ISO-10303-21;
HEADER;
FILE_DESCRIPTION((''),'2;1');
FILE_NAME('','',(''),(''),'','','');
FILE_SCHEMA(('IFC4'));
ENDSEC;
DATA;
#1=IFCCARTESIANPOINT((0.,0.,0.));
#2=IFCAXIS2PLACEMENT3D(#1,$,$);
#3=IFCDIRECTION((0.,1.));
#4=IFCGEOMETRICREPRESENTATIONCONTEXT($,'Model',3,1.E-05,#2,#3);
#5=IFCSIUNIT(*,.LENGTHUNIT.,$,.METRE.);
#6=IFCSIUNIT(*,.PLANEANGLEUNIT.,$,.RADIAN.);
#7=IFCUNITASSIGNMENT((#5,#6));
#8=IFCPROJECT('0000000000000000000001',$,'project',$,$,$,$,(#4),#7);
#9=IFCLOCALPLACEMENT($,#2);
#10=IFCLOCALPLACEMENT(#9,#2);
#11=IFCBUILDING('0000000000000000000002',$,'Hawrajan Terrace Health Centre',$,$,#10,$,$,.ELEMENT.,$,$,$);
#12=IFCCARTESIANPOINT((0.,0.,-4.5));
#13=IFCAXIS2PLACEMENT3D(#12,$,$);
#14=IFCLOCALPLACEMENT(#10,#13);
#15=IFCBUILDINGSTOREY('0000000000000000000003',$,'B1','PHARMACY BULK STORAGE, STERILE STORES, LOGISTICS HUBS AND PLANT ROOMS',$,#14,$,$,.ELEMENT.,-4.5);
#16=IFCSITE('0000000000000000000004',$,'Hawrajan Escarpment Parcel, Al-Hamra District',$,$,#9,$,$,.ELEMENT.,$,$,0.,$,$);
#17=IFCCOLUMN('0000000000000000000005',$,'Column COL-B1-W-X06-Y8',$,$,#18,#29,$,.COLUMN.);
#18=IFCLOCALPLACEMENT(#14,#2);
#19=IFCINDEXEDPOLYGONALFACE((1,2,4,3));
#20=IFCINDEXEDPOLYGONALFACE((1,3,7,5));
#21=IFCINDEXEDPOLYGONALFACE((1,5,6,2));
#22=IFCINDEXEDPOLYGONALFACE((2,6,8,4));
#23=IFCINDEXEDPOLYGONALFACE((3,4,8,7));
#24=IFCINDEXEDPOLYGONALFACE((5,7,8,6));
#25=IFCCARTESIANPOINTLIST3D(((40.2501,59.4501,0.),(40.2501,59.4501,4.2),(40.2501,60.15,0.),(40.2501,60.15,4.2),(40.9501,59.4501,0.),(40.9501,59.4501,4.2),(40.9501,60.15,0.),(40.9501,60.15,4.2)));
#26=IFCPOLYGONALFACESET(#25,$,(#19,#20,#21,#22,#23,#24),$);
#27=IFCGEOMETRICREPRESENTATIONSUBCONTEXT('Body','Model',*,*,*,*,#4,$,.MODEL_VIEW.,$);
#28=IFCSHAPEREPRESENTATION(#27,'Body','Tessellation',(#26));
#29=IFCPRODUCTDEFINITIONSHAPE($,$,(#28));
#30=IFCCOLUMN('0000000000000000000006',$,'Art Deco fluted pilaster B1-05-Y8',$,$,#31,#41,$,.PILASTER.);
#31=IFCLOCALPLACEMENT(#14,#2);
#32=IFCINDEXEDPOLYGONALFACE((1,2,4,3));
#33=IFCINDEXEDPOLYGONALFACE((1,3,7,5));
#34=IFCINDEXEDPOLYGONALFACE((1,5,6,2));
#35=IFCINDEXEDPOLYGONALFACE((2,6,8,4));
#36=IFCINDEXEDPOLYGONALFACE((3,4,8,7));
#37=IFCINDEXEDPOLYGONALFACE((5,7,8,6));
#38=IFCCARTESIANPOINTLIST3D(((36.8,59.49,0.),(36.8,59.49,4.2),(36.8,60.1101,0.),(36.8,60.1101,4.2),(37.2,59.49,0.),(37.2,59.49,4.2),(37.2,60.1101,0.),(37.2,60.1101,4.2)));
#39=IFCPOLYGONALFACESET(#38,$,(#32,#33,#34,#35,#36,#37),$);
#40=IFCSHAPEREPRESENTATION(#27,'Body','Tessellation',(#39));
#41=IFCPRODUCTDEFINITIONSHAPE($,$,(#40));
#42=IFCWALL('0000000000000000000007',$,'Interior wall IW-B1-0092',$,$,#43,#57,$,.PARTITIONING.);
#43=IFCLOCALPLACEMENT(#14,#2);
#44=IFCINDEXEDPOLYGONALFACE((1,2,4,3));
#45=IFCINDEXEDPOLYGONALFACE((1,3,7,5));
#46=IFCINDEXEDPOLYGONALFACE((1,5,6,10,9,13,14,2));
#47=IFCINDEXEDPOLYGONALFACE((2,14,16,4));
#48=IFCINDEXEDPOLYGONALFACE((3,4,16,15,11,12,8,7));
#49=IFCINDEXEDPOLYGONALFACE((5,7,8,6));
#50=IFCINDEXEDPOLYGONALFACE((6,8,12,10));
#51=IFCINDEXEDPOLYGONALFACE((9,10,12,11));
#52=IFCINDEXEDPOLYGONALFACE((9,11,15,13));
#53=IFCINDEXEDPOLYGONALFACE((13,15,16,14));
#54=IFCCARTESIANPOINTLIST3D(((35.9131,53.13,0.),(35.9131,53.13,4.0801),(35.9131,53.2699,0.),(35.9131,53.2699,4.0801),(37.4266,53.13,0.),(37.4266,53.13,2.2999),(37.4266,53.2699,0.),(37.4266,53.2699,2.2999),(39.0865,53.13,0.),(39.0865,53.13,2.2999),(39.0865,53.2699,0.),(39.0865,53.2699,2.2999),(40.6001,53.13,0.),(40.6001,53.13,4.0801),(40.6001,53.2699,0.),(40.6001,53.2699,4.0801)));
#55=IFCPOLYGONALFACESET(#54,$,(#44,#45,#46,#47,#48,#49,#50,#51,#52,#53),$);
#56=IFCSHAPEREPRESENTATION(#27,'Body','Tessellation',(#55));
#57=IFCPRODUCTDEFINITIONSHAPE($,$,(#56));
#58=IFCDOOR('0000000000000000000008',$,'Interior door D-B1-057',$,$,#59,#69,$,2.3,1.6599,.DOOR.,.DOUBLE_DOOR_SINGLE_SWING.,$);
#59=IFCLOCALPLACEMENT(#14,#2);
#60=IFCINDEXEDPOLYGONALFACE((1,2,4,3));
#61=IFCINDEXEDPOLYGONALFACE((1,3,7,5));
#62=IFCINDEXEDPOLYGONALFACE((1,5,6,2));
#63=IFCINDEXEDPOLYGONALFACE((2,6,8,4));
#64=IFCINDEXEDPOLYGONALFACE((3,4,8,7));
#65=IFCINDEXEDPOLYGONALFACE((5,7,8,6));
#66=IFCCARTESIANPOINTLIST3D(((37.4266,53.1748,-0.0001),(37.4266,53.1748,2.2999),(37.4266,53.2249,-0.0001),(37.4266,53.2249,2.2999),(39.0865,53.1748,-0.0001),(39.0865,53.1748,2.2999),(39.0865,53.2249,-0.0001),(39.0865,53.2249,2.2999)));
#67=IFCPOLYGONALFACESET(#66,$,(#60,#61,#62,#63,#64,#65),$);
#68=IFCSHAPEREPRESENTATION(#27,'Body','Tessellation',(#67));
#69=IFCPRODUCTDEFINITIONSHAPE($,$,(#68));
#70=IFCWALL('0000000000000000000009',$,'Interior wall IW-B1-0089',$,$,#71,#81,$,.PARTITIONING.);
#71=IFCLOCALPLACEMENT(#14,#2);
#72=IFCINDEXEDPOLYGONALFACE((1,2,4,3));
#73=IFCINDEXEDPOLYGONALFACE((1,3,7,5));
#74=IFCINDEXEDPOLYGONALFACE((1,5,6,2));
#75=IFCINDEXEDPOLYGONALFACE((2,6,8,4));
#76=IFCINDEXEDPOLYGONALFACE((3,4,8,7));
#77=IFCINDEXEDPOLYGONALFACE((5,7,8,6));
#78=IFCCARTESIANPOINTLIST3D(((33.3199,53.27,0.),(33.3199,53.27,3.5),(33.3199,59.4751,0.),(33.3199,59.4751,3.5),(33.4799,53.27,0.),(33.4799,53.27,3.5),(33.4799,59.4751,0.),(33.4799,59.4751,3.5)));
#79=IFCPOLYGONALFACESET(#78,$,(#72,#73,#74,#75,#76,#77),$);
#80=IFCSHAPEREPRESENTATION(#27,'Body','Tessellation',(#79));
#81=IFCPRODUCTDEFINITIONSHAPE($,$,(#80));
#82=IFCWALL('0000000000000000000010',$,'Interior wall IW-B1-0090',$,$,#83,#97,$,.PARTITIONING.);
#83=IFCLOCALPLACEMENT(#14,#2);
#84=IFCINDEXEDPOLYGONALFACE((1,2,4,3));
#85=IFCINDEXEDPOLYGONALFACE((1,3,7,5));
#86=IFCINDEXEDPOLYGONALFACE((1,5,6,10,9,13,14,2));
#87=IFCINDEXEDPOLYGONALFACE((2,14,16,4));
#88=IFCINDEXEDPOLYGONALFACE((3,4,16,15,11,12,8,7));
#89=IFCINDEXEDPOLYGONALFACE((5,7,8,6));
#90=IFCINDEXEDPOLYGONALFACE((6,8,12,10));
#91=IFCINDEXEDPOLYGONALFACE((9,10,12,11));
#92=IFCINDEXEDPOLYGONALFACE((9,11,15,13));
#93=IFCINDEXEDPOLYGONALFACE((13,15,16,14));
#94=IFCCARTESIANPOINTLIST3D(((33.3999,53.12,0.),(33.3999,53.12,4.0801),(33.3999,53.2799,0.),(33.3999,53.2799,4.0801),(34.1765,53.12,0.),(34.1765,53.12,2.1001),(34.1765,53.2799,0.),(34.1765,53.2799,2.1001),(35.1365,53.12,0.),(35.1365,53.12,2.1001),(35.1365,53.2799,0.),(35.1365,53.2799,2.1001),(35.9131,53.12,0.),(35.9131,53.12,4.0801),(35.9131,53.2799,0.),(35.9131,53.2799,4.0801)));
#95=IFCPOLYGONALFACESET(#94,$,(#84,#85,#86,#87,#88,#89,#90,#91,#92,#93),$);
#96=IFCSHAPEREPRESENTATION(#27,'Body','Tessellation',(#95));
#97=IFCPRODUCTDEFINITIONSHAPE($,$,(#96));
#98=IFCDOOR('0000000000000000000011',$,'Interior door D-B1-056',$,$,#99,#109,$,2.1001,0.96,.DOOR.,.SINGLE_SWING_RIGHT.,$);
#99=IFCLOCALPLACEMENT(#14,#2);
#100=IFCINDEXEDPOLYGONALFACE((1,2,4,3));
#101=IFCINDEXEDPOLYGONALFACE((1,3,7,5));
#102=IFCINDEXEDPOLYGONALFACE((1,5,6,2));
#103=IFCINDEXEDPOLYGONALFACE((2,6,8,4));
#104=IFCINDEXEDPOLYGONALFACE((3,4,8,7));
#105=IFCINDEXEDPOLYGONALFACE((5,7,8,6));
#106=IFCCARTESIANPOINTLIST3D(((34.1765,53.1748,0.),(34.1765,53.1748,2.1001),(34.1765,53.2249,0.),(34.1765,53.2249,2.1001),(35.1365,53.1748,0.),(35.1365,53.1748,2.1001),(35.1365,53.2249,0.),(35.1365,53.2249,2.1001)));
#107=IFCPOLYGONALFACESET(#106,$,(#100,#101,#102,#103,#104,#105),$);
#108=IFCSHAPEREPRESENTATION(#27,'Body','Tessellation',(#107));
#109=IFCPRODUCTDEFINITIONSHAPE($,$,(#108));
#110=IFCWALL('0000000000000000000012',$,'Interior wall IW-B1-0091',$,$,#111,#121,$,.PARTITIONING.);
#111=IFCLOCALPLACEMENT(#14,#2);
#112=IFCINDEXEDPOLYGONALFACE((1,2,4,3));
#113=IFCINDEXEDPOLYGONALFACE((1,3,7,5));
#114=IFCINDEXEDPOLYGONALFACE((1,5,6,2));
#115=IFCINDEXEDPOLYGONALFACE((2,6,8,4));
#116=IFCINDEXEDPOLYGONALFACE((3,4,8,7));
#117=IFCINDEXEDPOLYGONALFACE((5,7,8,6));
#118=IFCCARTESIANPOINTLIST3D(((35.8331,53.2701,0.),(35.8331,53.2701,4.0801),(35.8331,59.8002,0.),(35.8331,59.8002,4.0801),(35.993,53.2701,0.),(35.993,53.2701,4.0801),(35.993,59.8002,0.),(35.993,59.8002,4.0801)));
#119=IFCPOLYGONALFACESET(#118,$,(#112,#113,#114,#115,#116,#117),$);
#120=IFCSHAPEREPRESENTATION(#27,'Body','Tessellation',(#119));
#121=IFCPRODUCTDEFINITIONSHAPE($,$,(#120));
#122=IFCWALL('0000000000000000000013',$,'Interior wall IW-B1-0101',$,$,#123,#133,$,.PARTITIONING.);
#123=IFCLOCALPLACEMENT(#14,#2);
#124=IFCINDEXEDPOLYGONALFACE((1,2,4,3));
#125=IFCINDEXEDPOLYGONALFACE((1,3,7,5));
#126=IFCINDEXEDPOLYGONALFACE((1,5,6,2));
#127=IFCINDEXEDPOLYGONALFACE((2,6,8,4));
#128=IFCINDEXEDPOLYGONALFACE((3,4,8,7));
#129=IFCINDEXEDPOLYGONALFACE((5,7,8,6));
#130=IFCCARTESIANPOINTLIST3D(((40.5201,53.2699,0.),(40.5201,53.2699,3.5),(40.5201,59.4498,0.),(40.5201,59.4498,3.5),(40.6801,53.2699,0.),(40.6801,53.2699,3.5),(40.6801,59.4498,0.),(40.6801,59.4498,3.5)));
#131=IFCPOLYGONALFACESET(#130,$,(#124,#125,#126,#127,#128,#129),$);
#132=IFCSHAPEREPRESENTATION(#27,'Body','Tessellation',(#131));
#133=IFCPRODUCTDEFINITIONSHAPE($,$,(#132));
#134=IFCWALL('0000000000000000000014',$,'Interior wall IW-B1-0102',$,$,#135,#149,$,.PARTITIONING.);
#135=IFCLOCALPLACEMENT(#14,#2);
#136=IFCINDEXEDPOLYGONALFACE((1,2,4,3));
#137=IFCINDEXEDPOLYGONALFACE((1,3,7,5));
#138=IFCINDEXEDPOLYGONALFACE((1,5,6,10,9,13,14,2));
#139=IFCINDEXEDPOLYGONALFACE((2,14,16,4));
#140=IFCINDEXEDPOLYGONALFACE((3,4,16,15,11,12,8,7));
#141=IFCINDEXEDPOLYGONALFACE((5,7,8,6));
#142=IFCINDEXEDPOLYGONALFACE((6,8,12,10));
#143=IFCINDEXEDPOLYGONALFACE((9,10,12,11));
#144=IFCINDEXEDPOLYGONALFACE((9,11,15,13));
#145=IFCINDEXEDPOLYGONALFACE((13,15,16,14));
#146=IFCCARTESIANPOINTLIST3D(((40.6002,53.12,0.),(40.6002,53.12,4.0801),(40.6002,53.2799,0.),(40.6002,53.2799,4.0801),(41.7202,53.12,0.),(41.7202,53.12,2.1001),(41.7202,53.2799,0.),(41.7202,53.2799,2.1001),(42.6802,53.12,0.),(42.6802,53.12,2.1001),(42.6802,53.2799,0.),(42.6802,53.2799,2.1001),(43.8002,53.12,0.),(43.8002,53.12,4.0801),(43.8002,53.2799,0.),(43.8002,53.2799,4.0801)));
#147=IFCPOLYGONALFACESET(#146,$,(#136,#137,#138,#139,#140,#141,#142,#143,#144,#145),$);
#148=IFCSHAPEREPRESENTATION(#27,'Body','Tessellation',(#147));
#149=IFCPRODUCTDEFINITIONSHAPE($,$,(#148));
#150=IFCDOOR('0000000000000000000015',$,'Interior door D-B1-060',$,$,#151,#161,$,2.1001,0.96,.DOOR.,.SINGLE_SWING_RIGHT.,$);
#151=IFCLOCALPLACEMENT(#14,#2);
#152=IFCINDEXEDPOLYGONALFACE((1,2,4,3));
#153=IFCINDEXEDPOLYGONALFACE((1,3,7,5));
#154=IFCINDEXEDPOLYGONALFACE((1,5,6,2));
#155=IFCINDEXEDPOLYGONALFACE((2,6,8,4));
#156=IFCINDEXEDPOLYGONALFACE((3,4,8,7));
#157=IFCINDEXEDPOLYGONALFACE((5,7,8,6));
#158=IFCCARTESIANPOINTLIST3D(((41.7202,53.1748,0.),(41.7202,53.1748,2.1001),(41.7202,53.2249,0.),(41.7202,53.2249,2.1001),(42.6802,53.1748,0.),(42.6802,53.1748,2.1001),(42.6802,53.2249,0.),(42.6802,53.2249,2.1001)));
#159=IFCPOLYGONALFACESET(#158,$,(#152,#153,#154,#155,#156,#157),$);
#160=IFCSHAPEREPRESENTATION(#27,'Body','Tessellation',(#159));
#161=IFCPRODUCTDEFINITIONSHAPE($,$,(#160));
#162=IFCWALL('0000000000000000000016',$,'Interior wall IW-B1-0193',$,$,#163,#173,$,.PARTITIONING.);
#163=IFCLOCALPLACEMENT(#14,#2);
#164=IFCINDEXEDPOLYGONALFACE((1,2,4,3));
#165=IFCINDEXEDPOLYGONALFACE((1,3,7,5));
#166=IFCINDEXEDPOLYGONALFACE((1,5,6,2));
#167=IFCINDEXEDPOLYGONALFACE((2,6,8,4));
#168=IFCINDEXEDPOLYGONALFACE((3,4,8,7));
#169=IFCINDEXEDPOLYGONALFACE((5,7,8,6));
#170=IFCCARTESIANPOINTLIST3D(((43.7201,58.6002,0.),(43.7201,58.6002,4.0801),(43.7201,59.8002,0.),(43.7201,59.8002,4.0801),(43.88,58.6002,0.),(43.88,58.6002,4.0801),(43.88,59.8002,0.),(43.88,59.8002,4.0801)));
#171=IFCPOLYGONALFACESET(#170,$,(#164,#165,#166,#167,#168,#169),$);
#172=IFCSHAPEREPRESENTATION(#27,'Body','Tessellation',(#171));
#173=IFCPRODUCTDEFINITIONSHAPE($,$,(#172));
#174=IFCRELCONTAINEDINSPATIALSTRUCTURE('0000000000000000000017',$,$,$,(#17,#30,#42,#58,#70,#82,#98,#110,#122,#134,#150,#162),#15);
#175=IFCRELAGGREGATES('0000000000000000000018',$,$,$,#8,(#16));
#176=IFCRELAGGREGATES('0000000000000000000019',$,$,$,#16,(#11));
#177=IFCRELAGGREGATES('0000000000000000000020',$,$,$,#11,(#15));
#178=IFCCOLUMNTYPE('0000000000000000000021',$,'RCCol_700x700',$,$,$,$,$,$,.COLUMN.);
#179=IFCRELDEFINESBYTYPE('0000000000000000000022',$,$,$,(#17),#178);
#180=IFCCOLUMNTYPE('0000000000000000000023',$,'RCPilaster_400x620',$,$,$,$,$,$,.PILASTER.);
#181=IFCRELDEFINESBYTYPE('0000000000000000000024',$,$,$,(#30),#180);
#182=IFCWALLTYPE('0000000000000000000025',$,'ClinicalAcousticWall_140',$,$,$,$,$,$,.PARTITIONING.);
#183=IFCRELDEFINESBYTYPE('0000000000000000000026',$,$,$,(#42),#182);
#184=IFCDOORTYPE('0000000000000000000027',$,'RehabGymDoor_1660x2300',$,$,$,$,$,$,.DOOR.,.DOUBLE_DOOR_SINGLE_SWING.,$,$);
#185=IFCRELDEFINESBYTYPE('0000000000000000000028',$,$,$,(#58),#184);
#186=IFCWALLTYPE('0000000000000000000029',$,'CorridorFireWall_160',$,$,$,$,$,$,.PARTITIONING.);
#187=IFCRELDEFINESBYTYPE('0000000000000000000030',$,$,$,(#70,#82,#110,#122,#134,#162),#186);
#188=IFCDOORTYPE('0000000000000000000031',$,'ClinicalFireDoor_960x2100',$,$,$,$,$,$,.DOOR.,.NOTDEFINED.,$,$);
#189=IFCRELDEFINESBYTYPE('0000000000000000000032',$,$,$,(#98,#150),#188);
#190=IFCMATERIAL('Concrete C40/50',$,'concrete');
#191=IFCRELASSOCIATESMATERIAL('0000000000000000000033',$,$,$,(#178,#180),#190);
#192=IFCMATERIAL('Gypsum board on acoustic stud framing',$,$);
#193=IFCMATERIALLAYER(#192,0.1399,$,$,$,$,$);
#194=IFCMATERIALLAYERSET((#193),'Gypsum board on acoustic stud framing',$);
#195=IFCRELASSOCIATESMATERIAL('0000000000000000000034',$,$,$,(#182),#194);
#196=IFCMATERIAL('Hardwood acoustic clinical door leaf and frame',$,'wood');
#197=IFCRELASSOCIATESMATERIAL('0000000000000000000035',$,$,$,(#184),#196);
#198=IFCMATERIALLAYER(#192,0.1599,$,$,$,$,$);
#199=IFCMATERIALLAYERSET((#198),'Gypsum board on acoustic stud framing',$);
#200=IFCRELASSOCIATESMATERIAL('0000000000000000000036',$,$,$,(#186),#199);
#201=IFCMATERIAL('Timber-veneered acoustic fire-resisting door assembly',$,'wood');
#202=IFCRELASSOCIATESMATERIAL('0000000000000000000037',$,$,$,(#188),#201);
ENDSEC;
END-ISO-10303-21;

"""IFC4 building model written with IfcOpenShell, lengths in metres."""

from ifc_helpers import new_model, si_unit, direction, frame, frame_2d, origin, origin_2d, place, context, subcontext, project, spatial, rectangle, extrude, material, layer, layer_set, material_profile, profile_set, type_object, element, fill, save


model = new_model("IFC4")

# Units and contexts
model_context = context("Model", 3, precision=1e-05, world=origin(), true_north=direction((0.0, 1.0)))
body_context = subcontext(model_context, "Body", "Model", "MODEL_VIEW")
ifc_project = project(units=[si_unit("LENGTHUNIT", "METRE"), si_unit("PLANEANGLEUNIT", "RADIAN")], contexts=[model_context])

# Site, building, storey
site_placement = place(None, origin())
site = spatial("IfcSite", under=ifc_project, at=site_placement, Name="Hawrajan Escarpment Parcel, Al-Hamra District", CompositionType="ELEMENT", RefElevation=0.0)
building_placement = place(site_placement, origin())
building = spatial("IfcBuilding", under=site, at=building_placement, Name="Hawrajan Terrace Health Centre", CompositionType="ELEMENT")
storey_placement = place(building_placement, frame((0.0, 0.0, -4.5)))
storey = spatial("IfcBuildingStorey", under=building, at=storey_placement, Name="B1", Description="PHARMACY BULK STORAGE, STERILE STORES, LOGISTICS HUBS AND PLANT ROOMS", CompositionType="ELEMENT", Elevation=-4.5)

# Shared definitions
ifc_material_1 = material(Name="Concrete C40/50", Category="concrete")

# Columns
ifc_material_profile_1 = material_profile(ifc_material_1, rectangle(XDim=0.7, YDim=0.7, at=origin_2d()), Name="RC 700x700")
ifc_profile_set_1 = profile_set([ifc_material_profile_1], Name="Concrete C40/50")
column_type_1 = type_object("IfcColumnType", Name="RCCol_700x700", PredefinedType="COLUMN", material=ifc_profile_set_1)
column_1_placement = place(storey_placement, frame((40.6001, 59.8, 0.0), z_axis=(0.0, 0.0, 1.0), x_axis=(1.0, 0.0, 0.0)))
element("IfcColumn", 1, at=column_1_placement, inside=storey, type_object=column_type_1, Name="Column COL-B1-W-X06-Y8", PredefinedType="COLUMN", context=body_context, shape_type="SweptSolid", body=[
    extrude(rectangle(XDim=0.7, YDim=0.7, at=origin_2d()), origin(), (0.0, 0.0, 1.0), 4.2),
])
ifc_material_profile_2 = material_profile(ifc_material_1, rectangle(XDim=0.3999, YDim=0.6201, at=origin_2d()), Name="RC PIL 400x620")
ifc_profile_set_2 = profile_set([ifc_material_profile_2], Name="Concrete C40/50")
column_type_2 = type_object("IfcColumnType", Name="RCPilaster_400x620", PredefinedType="PILASTER", material=ifc_profile_set_2)
column_2_placement = place(storey_placement, frame((37.0, 59.8, 0.0), z_axis=(0.0, 0.0, 1.0), x_axis=(1.0, 0.0, 0.0)))
element("IfcColumn", 2, at=column_2_placement, inside=storey, type_object=column_type_2, Name="Art Deco fluted pilaster B1-05-Y8", PredefinedType="PILASTER", context=body_context, shape_type="SweptSolid", body=[
    extrude(rectangle(XDim=0.3999, YDim=0.6201, at=origin_2d()), origin(), (0.0, 0.0, 1.0), 4.2),
])

# Wall, opening, door
ifc_material_2 = material(Name="Gypsum board on acoustic stud framing")
ifc_layer_1 = layer(ifc_material_2, 0.1399)
ifc_layer_set_1 = layer_set([ifc_layer_1], Name="Gypsum board on acoustic stud framing")
wall_type_1 = type_object("IfcWallType", Name="ClinicalAcousticWall_140", PredefinedType="PARTITIONING", material=ifc_layer_set_1)
wall_1_placement = place(storey_placement, frame((35.9131, 53.2, 0.0), z_axis=(0.0, 0.0, 1.0), x_axis=(1.0, 0.0, 0.0)))
wall_1 = element("IfcWall", 3, at=wall_1_placement, inside=storey, type_object=wall_type_1, Name="Interior wall IW-B1-0092", PredefinedType="PARTITIONING", context=body_context, shape_type="SweptSolid", body=[
    extrude(rectangle(XDim=4.687, YDim=0.1399, at=frame_2d((2.3435, 0.0))), origin(), (0.0, 0.0, 1.0), 4.0801),
])
opening_1_placement = place(wall_1_placement, frame((1.5134, 0.0, 0.0)))
opening_1 = element("IfcOpeningElement", 4, at=opening_1_placement, cuts=wall_1, PredefinedType="OPENING", context=body_context, shape_type="SweptSolid", body=[
    extrude(rectangle(XDim=1.6599, YDim=2.3, at=frame_2d((0.8301, 1.1499))), frame((0.0, 0.0798, 0.0), z_axis=(0.0, -1.0, 0.0), x_axis=(1.0, 0.0, 0.0)), (0.0, 0.0, 1.0), 0.1599),
])
ifc_material_3 = material(Name="Hardwood acoustic clinical door leaf and frame", Category="wood")
door_type_1 = type_object("IfcDoorType", Name="RehabGymDoor_1660x2300", OperationType="DOUBLE_DOOR_SINGLE_SWING", PredefinedType="DOOR", material=ifc_material_3)
door_1_placement = place(opening_1_placement, origin())
door_1 = element("IfcDoor", 5, at=door_1_placement, inside=storey, type_object=door_type_1, Name="Interior door D-B1-057", OperationType="DOUBLE_DOOR_SINGLE_SWING", OverallHeight=2.3, OverallWidth=1.6599, PredefinedType="DOOR", context=body_context, shape_type="SweptSolid", body=[
    extrude(rectangle(XDim=1.6599, YDim=2.3, at=frame_2d((0.8301, 1.1499))), frame((0.0, 0.0249, 0.0), z_axis=(0.0, -1.0, 0.0), x_axis=(1.0, 0.0, 0.0)), (0.0, 0.0, 1.0), 0.05),
])
fill(opening_1, door_1)

# Wall
ifc_layer_2 = layer(ifc_material_2, 0.1599)
ifc_layer_set_2 = layer_set([ifc_layer_2], Name="Gypsum board on acoustic stud framing")
wall_type_2 = type_object("IfcWallType", Name="CorridorFireWall_160", PredefinedType="PARTITIONING", material=ifc_layer_set_2)
wall_2_placement = place(storey_placement, frame((33.3999, 53.27, 0.0), z_axis=(0.0, 0.0, 1.0), x_axis=(0.0, 1.0, 0.0)))
element("IfcWall", 6, at=wall_2_placement, inside=storey, type_object=wall_type_2, Name="Interior wall IW-B1-0089", PredefinedType="PARTITIONING", context=body_context, shape_type="SweptSolid", body=[
    extrude(rectangle(XDim=6.2051, YDim=0.1599, at=frame_2d((3.1025, 0.0))), origin(), (0.0, 0.0, 1.0), 3.5),
])

# Wall, opening, door
wall_3_placement = place(storey_placement, frame((33.3999, 53.2, 0.0), z_axis=(0.0, 0.0, 1.0), x_axis=(1.0, 0.0, 0.0)))
wall_3 = element("IfcWall", 7, at=wall_3_placement, inside=storey, type_object=wall_type_2, Name="Interior wall IW-B1-0090", PredefinedType="PARTITIONING", context=body_context, shape_type="SweptSolid", body=[
    extrude(rectangle(XDim=2.5132, YDim=0.1599, at=frame_2d((1.2566, 0.0))), origin(), (0.0, 0.0, 1.0), 4.0801),
])
opening_2_placement = place(wall_3_placement, frame((0.7766, 0.0, 0.0)))
opening_2 = element("IfcOpeningElement", 8, at=opening_2_placement, cuts=wall_3, PredefinedType="OPENING", context=body_context, shape_type="SweptSolid", body=[
    extrude(rectangle(XDim=0.96, YDim=2.1001, at=frame_2d((0.48, 1.05))), frame((0.0, 0.0898, 0.0), z_axis=(0.0, -1.0, 0.0), x_axis=(1.0, 0.0, 0.0)), (0.0, 0.0, 1.0), 0.1799),
])
ifc_material_4 = material(Name="Timber-veneered acoustic fire-resisting door assembly", Category="wood")
door_type_2 = type_object("IfcDoorType", Name="ClinicalFireDoor_960x2100", OperationType="NOTDEFINED", PredefinedType="DOOR", material=ifc_material_4)
door_2_placement = place(opening_2_placement, origin())
door_2 = element("IfcDoor", 9, at=door_2_placement, inside=storey, type_object=door_type_2, Name="Interior door D-B1-056", OperationType="SINGLE_SWING_RIGHT", OverallHeight=2.1001, OverallWidth=0.96, PredefinedType="DOOR", context=body_context, shape_type="SweptSolid", body=[
    extrude(rectangle(XDim=0.96, YDim=2.1001, at=frame_2d((0.48, 1.05))), frame((0.0, 0.0249, 0.0), z_axis=(0.0, -1.0, 0.0), x_axis=(1.0, 0.0, 0.0)), (0.0, 0.0, 1.0), 0.05),
])
fill(opening_2, door_2)

# Walls
wall_4_placement = place(storey_placement, frame((35.9131, 53.27, 0.0), z_axis=(0.0, 0.0, 1.0), x_axis=(0.0, 1.0, 0.0)))
element("IfcWall", 10, at=wall_4_placement, inside=storey, type_object=wall_type_2, Name="Interior wall IW-B1-0091", PredefinedType="PARTITIONING", context=body_context, shape_type="SweptSolid", body=[
    extrude(rectangle(XDim=6.53, YDim=0.1599, at=frame_2d((3.2651, 0.0))), origin(), (0.0, 0.0, 1.0), 4.0801),
])
wall_5_placement = place(storey_placement, frame((40.6001, 53.27, 0.0), z_axis=(0.0, 0.0, 1.0), x_axis=(0.0, 1.0, 0.0)))
element("IfcWall", 11, at=wall_5_placement, inside=storey, type_object=wall_type_2, Name="Interior wall IW-B1-0101", PredefinedType="PARTITIONING", context=body_context, shape_type="SweptSolid", body=[
    extrude(rectangle(XDim=6.1799, YDim=0.1599, at=frame_2d((3.0898, 0.0))), origin(), (0.0, 0.0, 1.0), 3.5),
])

# Wall, opening, door
wall_6_placement = place(storey_placement, frame((40.6001, 53.2, 0.0), z_axis=(0.0, 0.0, 1.0), x_axis=(1.0, 0.0, 0.0)))
wall_6 = element("IfcWall", 12, at=wall_6_placement, inside=storey, type_object=wall_type_2, Name="Interior wall IW-B1-0102", PredefinedType="PARTITIONING", context=body_context, shape_type="SweptSolid", body=[
    extrude(rectangle(XDim=3.2, YDim=0.1599, at=frame_2d((1.6001, 0.0))), origin(), (0.0, 0.0, 1.0), 4.0801),
])
opening_3_placement = place(wall_6_placement, frame((1.1201, 0.0, 0.0)))
opening_3 = element("IfcOpeningElement", 13, at=opening_3_placement, cuts=wall_6, PredefinedType="OPENING", context=body_context, shape_type="SweptSolid", body=[
    extrude(rectangle(XDim=0.96, YDim=2.1001, at=frame_2d((0.48, 1.05))), frame((0.0, 0.0898, 0.0), z_axis=(0.0, -1.0, 0.0), x_axis=(1.0, 0.0, 0.0)), (0.0, 0.0, 1.0), 0.1799),
])
door_3_placement = place(opening_3_placement, origin())
door_3 = element("IfcDoor", 14, at=door_3_placement, inside=storey, type_object=door_type_2, Name="Interior door D-B1-060", OperationType="SINGLE_SWING_RIGHT", OverallHeight=2.1001, OverallWidth=0.96, PredefinedType="DOOR", context=body_context, shape_type="SweptSolid", body=[
    extrude(rectangle(XDim=0.96, YDim=2.1001, at=frame_2d((0.48, 1.05))), frame((0.0, 0.0249, 0.0), z_axis=(0.0, -1.0, 0.0), x_axis=(1.0, 0.0, 0.0)), (0.0, 0.0, 1.0), 0.05),
])
fill(opening_3, door_3)

# Wall
wall_7_placement = place(storey_placement, frame((43.8, 58.6001, 0.0), z_axis=(0.0, 0.0, 1.0), x_axis=(0.0, 1.0, 0.0)))
element("IfcWall", 15, at=wall_7_placement, inside=storey, type_object=wall_type_2, Name="Interior wall IW-B1-0193", PredefinedType="PARTITIONING", context=body_context, shape_type="SweptSolid", body=[
    extrude(rectangle(XDim=1.2, YDim=0.1599, at=frame_2d((0.6001, 0.0))), origin(), (0.0, 0.0, 1.0), 4.0801),
])

save(model, "model.ifc")
